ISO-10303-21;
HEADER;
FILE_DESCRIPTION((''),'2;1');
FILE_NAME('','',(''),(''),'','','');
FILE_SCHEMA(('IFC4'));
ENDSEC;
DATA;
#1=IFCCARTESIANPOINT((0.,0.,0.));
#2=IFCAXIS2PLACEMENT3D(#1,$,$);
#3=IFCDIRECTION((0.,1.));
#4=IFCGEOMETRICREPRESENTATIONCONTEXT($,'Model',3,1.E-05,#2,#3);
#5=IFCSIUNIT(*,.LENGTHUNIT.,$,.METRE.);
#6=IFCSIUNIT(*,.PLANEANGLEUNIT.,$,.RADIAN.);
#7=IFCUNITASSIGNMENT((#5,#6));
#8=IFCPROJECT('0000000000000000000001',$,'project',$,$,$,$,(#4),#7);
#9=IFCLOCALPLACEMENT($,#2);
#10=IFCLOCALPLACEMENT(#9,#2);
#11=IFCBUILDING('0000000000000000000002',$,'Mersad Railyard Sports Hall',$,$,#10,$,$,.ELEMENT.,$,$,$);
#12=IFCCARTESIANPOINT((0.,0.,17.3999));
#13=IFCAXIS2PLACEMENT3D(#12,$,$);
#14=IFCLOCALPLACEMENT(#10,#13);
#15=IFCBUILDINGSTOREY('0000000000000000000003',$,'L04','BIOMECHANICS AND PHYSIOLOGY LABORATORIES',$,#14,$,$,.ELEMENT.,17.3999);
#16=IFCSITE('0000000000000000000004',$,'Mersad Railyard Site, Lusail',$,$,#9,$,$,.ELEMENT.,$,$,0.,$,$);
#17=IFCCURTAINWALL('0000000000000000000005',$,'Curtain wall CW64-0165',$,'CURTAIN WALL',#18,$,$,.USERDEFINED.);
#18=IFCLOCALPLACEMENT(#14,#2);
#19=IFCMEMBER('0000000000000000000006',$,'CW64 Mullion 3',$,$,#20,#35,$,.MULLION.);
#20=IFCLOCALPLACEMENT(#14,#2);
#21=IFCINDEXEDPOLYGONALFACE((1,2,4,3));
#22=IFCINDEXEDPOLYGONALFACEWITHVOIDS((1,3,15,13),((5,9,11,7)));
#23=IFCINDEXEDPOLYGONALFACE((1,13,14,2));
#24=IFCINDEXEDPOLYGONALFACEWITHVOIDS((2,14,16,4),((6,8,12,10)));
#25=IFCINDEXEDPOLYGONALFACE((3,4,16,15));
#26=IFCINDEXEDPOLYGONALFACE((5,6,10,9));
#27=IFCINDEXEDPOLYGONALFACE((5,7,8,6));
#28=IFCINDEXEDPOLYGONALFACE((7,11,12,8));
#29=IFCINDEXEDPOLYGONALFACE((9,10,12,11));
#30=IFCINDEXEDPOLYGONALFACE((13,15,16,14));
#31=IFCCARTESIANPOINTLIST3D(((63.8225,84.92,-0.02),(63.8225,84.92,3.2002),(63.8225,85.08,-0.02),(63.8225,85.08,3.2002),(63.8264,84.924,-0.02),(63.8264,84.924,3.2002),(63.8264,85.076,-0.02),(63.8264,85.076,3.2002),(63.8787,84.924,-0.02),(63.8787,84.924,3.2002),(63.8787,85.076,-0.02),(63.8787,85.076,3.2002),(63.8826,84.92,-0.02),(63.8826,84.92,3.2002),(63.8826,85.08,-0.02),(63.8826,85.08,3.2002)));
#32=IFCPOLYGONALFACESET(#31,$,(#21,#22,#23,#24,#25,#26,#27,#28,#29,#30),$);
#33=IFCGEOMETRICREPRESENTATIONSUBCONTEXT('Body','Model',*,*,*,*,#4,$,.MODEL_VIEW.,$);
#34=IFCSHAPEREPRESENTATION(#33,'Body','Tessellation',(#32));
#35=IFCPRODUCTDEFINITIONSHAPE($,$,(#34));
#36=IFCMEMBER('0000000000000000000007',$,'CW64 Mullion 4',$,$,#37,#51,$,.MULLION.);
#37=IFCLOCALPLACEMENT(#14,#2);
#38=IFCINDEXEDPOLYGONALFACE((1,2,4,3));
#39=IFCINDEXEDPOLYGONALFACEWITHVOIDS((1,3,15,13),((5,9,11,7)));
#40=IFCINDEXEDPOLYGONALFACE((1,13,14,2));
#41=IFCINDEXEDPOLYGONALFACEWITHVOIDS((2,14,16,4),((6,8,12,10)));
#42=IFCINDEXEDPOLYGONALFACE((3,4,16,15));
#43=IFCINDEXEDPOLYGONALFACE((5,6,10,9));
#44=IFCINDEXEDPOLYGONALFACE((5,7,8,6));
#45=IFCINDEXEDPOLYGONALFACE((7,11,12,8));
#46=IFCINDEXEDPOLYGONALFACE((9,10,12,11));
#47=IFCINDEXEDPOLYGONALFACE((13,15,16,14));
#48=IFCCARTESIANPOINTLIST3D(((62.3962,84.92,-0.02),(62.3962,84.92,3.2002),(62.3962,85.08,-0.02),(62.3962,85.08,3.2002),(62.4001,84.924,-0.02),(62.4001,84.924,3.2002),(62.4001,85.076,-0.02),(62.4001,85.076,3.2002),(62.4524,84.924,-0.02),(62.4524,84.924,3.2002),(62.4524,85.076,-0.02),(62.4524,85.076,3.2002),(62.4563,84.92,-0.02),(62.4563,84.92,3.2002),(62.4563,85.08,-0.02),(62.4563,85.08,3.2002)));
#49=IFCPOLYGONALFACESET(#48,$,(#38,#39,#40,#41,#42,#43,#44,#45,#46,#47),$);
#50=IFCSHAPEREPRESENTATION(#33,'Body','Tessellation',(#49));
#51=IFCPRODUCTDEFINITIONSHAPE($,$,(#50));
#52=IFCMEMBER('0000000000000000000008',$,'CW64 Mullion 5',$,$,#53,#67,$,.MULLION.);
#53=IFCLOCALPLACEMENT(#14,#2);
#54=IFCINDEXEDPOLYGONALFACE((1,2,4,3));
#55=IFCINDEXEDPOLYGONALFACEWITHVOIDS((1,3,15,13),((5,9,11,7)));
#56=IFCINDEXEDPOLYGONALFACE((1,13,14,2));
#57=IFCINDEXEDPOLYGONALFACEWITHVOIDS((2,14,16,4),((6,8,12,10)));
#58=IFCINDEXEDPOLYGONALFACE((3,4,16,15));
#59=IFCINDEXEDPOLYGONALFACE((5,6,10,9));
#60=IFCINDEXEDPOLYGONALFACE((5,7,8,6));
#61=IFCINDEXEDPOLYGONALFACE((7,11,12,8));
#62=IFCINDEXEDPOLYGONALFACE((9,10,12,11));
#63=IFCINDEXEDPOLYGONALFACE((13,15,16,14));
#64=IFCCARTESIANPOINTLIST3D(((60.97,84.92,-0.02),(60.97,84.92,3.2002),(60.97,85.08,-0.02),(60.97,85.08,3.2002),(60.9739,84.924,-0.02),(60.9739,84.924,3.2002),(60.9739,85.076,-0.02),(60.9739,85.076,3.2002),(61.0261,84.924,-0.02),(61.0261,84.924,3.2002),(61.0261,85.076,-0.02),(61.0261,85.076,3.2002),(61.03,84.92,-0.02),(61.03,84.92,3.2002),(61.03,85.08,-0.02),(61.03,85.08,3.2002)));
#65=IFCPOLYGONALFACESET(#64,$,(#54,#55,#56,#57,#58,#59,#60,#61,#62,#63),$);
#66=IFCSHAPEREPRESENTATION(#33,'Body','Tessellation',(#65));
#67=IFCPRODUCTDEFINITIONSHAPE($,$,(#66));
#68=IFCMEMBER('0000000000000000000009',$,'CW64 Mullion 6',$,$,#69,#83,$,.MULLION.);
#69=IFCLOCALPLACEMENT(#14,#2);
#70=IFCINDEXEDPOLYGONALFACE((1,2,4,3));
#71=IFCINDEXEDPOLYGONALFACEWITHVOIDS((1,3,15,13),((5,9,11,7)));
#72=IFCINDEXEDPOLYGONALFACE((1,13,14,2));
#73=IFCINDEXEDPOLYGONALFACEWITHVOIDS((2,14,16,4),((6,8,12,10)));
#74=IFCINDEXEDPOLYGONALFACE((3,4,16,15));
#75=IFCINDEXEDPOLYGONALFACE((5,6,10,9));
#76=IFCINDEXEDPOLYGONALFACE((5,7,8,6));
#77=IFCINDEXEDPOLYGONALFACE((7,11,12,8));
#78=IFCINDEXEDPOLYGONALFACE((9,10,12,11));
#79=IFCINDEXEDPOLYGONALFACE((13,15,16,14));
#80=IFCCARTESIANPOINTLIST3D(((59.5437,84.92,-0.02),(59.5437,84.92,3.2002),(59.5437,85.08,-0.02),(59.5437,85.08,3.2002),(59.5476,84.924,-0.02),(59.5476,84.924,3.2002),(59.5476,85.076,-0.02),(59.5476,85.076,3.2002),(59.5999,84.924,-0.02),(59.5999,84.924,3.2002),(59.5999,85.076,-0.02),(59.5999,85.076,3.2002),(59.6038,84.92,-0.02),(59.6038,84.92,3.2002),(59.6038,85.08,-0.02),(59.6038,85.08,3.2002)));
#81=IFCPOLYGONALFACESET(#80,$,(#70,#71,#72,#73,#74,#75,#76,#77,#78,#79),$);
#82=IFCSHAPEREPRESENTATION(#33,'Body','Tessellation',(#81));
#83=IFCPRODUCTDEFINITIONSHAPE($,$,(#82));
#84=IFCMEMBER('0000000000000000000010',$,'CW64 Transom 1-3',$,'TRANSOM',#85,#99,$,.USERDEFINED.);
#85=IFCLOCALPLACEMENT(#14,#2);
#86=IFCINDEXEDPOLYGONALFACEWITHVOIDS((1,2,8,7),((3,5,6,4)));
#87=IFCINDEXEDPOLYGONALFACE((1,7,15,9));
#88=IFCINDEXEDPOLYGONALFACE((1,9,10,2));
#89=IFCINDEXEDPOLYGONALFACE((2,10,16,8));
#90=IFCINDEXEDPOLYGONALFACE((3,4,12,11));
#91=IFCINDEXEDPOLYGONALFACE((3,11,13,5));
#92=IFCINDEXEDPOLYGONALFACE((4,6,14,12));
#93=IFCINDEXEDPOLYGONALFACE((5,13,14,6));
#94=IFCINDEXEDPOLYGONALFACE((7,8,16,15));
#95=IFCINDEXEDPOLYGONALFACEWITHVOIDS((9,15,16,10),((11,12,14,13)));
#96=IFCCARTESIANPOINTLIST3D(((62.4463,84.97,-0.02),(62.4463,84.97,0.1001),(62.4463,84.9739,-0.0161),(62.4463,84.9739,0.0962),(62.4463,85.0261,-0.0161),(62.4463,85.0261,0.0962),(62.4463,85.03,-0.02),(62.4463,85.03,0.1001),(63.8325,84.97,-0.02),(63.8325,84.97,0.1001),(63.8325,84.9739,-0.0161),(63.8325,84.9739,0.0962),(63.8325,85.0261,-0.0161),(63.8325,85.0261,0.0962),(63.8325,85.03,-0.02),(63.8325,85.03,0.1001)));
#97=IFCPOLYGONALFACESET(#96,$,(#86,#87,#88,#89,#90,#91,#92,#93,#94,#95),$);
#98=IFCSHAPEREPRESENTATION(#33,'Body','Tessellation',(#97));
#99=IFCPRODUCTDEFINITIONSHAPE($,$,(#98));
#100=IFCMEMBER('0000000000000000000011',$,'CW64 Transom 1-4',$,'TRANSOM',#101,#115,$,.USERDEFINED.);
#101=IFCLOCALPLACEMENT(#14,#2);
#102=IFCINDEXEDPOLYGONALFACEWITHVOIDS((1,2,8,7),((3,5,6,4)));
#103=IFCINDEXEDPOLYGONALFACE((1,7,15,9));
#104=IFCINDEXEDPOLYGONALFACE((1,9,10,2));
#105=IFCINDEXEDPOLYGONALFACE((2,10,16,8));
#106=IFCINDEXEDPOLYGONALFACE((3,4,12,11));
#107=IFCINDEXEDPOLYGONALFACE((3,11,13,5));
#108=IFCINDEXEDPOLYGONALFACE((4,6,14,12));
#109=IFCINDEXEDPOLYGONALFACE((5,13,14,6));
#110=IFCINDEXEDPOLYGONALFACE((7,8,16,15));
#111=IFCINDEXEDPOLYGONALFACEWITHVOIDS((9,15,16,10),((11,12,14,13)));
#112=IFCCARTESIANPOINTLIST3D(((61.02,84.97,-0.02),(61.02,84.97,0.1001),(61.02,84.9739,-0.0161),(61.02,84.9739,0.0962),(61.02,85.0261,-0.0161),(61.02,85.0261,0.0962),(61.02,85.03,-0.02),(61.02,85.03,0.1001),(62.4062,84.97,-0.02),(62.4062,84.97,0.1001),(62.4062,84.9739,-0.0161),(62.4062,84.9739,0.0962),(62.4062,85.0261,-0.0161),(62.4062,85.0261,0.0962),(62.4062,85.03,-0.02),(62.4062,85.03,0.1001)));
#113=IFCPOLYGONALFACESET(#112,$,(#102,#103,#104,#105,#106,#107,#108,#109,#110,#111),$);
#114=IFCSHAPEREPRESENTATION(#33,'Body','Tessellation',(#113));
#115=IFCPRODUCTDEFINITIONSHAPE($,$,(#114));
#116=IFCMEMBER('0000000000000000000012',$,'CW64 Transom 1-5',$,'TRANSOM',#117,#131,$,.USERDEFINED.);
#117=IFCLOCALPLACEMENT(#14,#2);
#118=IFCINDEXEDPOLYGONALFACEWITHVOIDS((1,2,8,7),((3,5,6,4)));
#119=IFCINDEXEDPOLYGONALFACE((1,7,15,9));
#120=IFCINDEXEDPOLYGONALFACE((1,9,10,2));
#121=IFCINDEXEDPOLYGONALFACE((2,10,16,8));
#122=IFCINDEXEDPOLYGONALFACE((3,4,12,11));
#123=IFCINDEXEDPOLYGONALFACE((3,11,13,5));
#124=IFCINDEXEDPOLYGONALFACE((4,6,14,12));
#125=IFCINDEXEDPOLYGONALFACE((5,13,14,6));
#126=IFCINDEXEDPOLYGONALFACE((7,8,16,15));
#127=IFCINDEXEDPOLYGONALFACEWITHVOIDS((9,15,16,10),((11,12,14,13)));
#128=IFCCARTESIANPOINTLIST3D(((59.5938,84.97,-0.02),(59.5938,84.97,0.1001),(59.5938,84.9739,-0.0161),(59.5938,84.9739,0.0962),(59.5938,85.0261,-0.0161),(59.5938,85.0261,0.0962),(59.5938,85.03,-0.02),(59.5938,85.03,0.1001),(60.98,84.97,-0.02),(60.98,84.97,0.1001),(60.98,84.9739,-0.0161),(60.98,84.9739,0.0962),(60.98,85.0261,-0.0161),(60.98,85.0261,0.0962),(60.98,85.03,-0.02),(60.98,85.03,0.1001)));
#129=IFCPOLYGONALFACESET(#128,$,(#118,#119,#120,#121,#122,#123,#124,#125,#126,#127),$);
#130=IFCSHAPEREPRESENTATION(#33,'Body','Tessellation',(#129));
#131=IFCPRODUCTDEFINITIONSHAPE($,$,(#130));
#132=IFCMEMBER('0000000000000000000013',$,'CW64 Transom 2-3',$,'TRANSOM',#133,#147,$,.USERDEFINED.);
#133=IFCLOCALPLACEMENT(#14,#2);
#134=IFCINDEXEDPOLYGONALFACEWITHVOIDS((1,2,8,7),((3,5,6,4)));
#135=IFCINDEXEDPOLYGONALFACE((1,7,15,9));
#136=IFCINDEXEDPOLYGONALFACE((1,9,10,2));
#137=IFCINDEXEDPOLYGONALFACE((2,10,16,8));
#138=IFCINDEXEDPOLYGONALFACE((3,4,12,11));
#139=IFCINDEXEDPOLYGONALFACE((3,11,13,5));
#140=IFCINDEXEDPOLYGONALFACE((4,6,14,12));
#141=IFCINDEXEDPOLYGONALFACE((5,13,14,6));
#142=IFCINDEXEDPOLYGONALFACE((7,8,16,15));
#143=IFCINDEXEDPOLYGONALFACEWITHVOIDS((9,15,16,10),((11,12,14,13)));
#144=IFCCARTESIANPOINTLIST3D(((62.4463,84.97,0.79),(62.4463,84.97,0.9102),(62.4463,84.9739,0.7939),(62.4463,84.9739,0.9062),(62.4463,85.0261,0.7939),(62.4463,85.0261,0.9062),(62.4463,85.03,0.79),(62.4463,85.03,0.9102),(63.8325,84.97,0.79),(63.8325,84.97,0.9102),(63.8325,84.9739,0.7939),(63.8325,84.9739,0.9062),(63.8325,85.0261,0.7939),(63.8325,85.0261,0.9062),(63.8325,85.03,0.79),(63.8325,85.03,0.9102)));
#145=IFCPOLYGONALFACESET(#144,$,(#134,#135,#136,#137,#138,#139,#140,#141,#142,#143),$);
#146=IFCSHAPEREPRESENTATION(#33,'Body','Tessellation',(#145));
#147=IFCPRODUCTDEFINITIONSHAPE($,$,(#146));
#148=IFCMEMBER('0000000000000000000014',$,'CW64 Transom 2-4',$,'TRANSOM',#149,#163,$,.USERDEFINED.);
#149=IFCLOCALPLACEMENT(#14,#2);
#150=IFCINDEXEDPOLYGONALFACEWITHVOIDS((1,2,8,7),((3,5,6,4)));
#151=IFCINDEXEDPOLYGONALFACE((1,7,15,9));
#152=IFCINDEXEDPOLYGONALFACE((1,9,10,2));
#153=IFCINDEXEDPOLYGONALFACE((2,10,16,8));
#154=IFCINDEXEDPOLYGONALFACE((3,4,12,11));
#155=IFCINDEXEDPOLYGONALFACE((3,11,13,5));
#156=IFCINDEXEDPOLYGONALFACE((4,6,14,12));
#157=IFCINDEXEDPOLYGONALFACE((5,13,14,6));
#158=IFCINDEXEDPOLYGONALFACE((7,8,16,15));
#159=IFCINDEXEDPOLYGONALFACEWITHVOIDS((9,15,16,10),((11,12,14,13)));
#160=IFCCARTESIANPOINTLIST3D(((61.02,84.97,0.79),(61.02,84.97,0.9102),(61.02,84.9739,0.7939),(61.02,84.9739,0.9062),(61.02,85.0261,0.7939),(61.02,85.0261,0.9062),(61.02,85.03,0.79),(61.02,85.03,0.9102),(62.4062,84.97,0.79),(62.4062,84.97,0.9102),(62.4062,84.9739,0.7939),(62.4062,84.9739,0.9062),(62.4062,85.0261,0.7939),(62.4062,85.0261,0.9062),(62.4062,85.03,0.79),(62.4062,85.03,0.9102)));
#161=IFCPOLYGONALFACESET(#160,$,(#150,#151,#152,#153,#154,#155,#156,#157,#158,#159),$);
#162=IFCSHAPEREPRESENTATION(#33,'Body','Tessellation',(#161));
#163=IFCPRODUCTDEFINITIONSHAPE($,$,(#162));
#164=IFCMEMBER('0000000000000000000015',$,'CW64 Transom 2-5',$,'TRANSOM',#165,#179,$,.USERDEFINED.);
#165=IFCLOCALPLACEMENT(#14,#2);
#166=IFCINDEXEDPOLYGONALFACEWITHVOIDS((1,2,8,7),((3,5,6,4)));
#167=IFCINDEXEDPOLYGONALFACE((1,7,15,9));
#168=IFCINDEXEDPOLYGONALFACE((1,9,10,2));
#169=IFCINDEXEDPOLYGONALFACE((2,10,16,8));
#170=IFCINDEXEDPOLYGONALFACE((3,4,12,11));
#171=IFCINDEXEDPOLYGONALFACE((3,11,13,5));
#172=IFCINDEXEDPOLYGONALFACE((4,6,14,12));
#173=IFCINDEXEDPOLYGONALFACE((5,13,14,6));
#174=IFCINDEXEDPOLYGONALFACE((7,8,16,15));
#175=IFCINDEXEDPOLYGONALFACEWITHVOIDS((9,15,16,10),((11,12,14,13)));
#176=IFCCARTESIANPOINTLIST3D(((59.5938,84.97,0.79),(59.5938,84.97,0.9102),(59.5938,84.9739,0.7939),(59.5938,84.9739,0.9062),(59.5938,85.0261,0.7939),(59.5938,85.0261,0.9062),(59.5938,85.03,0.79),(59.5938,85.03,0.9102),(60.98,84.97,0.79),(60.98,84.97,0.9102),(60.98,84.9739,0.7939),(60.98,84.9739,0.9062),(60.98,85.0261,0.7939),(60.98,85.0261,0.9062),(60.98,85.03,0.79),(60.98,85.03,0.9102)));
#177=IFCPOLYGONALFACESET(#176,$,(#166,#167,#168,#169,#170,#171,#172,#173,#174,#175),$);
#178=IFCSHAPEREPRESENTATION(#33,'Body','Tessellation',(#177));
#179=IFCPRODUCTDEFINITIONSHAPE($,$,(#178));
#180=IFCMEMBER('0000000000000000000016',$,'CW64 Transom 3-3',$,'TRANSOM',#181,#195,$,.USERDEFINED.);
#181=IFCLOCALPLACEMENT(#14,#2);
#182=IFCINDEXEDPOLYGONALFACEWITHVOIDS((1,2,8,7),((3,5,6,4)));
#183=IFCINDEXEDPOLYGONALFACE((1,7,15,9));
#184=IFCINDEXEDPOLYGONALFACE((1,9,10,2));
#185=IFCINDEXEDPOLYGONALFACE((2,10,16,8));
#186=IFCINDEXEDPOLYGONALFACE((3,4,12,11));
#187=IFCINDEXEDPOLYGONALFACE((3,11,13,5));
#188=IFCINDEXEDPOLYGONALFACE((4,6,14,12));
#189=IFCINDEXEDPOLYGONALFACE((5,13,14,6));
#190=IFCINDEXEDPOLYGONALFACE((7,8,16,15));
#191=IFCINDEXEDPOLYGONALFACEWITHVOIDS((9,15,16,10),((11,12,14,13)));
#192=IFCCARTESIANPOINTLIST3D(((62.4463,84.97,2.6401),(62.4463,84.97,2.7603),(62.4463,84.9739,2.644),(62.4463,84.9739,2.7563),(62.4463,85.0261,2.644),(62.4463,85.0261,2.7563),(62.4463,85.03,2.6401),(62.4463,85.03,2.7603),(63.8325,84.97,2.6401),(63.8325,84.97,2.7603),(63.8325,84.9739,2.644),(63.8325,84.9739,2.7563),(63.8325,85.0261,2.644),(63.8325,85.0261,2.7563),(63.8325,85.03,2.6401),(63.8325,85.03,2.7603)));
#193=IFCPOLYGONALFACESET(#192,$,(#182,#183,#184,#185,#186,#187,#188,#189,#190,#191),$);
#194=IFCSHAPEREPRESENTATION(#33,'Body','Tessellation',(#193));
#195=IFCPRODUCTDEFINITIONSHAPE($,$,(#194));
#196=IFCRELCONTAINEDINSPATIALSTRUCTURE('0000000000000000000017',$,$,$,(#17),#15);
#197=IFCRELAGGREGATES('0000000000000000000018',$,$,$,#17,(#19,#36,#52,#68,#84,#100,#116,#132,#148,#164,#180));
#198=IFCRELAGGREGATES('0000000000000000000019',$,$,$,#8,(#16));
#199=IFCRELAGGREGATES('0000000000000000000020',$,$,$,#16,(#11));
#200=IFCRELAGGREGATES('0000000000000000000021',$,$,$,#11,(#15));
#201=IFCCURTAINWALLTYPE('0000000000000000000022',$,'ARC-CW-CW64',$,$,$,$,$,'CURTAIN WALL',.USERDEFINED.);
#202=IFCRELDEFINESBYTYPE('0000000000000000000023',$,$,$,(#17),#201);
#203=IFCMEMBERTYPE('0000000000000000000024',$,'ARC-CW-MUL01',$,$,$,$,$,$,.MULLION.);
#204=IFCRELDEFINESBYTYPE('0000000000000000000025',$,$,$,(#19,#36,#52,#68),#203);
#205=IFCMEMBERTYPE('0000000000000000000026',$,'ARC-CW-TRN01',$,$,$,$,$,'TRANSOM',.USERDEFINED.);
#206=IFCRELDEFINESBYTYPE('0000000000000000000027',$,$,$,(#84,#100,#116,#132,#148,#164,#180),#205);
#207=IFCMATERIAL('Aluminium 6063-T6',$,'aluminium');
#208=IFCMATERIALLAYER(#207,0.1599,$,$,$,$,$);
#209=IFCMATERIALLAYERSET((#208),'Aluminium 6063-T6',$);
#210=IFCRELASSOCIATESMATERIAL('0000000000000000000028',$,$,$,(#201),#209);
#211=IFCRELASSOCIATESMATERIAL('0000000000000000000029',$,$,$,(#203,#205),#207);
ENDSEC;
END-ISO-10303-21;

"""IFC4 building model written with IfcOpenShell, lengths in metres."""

from ifc_helpers import new_model, si_unit, direction, frame, origin, origin_2d, place, context, subcontext, project, spatial, hollow_rectangle, extrude, material, layer, layer_set, material_profile, profile_set, type_object, element, aggregate, save


model = new_model("IFC4")

# Units and contexts
model_context = context("Model", 3, precision=1e-05, world=origin(), true_north=direction((0.0, 1.0)))
body_context = subcontext(model_context, "Body", "Model", "MODEL_VIEW")
ifc_project = project(units=[si_unit("LENGTHUNIT", "METRE"), si_unit("PLANEANGLEUNIT", "RADIAN")], contexts=[model_context])

# Site, building, storey
site_placement = place(None, origin())
site = spatial("IfcSite", under=ifc_project, at=site_placement, Name="Mersad Railyard Site, Lusail", CompositionType="ELEMENT", RefElevation=0.0)
building_placement = place(site_placement, origin())
building = spatial("IfcBuilding", under=site, at=building_placement, Name="Mersad Railyard Sports Hall", CompositionType="ELEMENT")
storey_placement = place(building_placement, frame((0.0, 0.0, 17.3999)))
storey = spatial("IfcBuildingStorey", under=building, at=storey_placement, Name="L04", Description="BIOMECHANICS AND PHYSIOLOGY LABORATORIES", CompositionType="ELEMENT", Elevation=17.3999)

# Curtain wall, members
ifc_material_1 = material(Name="Aluminium 6063-T6", Category="aluminium")
ifc_layer_1 = layer(ifc_material_1, 0.1599)
ifc_layer_set_1 = layer_set([ifc_layer_1], Name="Aluminium 6063-T6")
curtain_wall_type = type_object("IfcCurtainWallType", Name="ARC-CW-CW64", ElementType="CURTAIN WALL", PredefinedType="USERDEFINED", material=ifc_layer_set_1)
curtain_wall_placement = place(storey_placement, origin())
curtain_wall = element("IfcCurtainWall", 1, at=curtain_wall_placement, inside=storey, type_object=curtain_wall_type, Name="Curtain wall CW64-0165", ObjectType="CURTAIN WALL", PredefinedType="USERDEFINED")
ifc_material_profile_1 = material_profile(ifc_material_1, hollow_rectangle(XDim=0.0601, YDim=0.1599, WallThickness=0.0039, at=origin_2d()), Name="AL MULLION 60x160x4")
ifc_profile_set_1 = profile_set([ifc_material_profile_1], Name="Aluminium 6063-T6")
member_type_1 = type_object("IfcMemberType", Name="ARC-CW-MUL01", PredefinedType="MULLION", material=ifc_profile_set_1)
member_1_placement = place(storey_placement, frame((63.8525, 85.0, -0.02), z_axis=(0.0, 0.0, 1.0), x_axis=(1.0, 0.0, 0.0)))
member_1 = element("IfcMember", 2, at=member_1_placement, type_object=member_type_1, Name="CW64 Mullion 3", PredefinedType="MULLION", context=body_context, shape_type="SweptSolid", body=[
    extrude(hollow_rectangle(XDim=0.0601, YDim=0.1599, WallThickness=0.0039, at=origin_2d()), origin(), (0.0, 0.0, 1.0), 3.2202),
])
member_2_placement = place(storey_placement, frame((62.4263, 85.0, -0.02), z_axis=(0.0, 0.0, 1.0), x_axis=(1.0, 0.0, 0.0)))
member_2 = element("IfcMember", 3, at=member_2_placement, type_object=member_type_1, Name="CW64 Mullion 4", PredefinedType="MULLION", context=body_context, shape_type="SweptSolid", body=[
    extrude(hollow_rectangle(XDim=0.0601, YDim=0.1599, WallThickness=0.0039, at=origin_2d()), origin(), (0.0, 0.0, 1.0), 3.2202),
])
member_3_placement = place(storey_placement, frame((61.0, 85.0, -0.02), z_axis=(0.0, 0.0, 1.0), x_axis=(1.0, 0.0, 0.0)))
member_3 = element("IfcMember", 4, at=member_3_placement, type_object=member_type_1, Name="CW64 Mullion 5", PredefinedType="MULLION", context=body_context, shape_type="SweptSolid", body=[
    extrude(hollow_rectangle(XDim=0.0601, YDim=0.1599, WallThickness=0.0039, at=origin_2d()), origin(), (0.0, 0.0, 1.0), 3.2202),
])
member_4_placement = place(storey_placement, frame((59.5737, 85.0, -0.02), z_axis=(0.0, 0.0, 1.0), x_axis=(1.0, 0.0, 0.0)))
member_4 = element("IfcMember", 5, at=member_4_placement, type_object=member_type_1, Name="CW64 Mullion 6", PredefinedType="MULLION", context=body_context, shape_type="SweptSolid", body=[
    extrude(hollow_rectangle(XDim=0.0601, YDim=0.1599, WallThickness=0.0039, at=origin_2d()), origin(), (0.0, 0.0, 1.0), 3.2202),
])
ifc_material_profile_2 = material_profile(ifc_material_1, hollow_rectangle(XDim=0.0601, YDim=0.1201, WallThickness=0.0039, at=origin_2d()), Name="AL TRANSOM 60x120x4")
ifc_profile_set_2 = profile_set([ifc_material_profile_2], Name="Aluminium 6063-T6")
member_type_2 = type_object("IfcMemberType", Name="ARC-CW-TRN01", ElementType="TRANSOM", PredefinedType="USERDEFINED", material=ifc_profile_set_2)
member_5_placement = place(storey_placement, frame((63.8325, 85.0, 0.04), z_axis=(-1.0, 0.0, 0.0), x_axis=(0.0, -1.0, 0.0)))
member_5 = element("IfcMember", 6, at=member_5_placement, type_object=member_type_2, Name="CW64 Transom 1-3", ObjectType="TRANSOM", PredefinedType="USERDEFINED", context=body_context, shape_type="SweptSolid", body=[
    extrude(hollow_rectangle(XDim=0.0601, YDim=0.1201, WallThickness=0.0039, at=origin_2d()), origin(), (0.0, 0.0, 1.0), 1.3862),
])
member_6_placement = place(storey_placement, frame((62.4062, 85.0, 0.04), z_axis=(-1.0, 0.0, 0.0), x_axis=(0.0, -1.0, 0.0)))
member_6 = element("IfcMember", 7, at=member_6_placement, type_object=member_type_2, Name="CW64 Transom 1-4", ObjectType="TRANSOM", PredefinedType="USERDEFINED", context=body_context, shape_type="SweptSolid", body=[
    extrude(hollow_rectangle(XDim=0.0601, YDim=0.1201, WallThickness=0.0039, at=origin_2d()), origin(), (0.0, 0.0, 1.0), 1.3862),
])
member_7_placement = place(storey_placement, frame((60.98, 85.0, 0.04), z_axis=(-1.0, 0.0, 0.0), x_axis=(0.0, -1.0, 0.0)))
member_7 = element("IfcMember", 8, at=member_7_placement, type_object=member_type_2, Name="CW64 Transom 1-5", ObjectType="TRANSOM", PredefinedType="USERDEFINED", context=body_context, shape_type="SweptSolid", body=[
    extrude(hollow_rectangle(XDim=0.0601, YDim=0.1201, WallThickness=0.0039, at=origin_2d()), origin(), (0.0, 0.0, 1.0), 1.3862),
])
member_8_placement = place(storey_placement, frame((63.8325, 85.0, 0.8501), z_axis=(-1.0, 0.0, 0.0), x_axis=(0.0, -1.0, 0.0)))
member_8 = element("IfcMember", 9, at=member_8_placement, type_object=member_type_2, Name="CW64 Transom 2-3", ObjectType="TRANSOM", PredefinedType="USERDEFINED", context=body_context, shape_type="SweptSolid", body=[
    extrude(hollow_rectangle(XDim=0.0601, YDim=0.1201, WallThickness=0.0039, at=origin_2d()), origin(), (0.0, 0.0, 1.0), 1.3862),
])
member_9_placement = place(storey_placement, frame((62.4062, 85.0, 0.8501), z_axis=(-1.0, 0.0, 0.0), x_axis=(0.0, -1.0, 0.0)))
member_9 = element("IfcMember", 10, at=member_9_placement, type_object=member_type_2, Name="CW64 Transom 2-4", ObjectType="TRANSOM", PredefinedType="USERDEFINED", context=body_context, shape_type="SweptSolid", body=[
    extrude(hollow_rectangle(XDim=0.0601, YDim=0.1201, WallThickness=0.0039, at=origin_2d()), origin(), (0.0, 0.0, 1.0), 1.3862),
])
member_10_placement = place(storey_placement, frame((60.98, 85.0, 0.8501), z_axis=(-1.0, 0.0, 0.0), x_axis=(0.0, -1.0, 0.0)))
member_10 = element("IfcMember", 11, at=member_10_placement, type_object=member_type_2, Name="CW64 Transom 2-5", ObjectType="TRANSOM", PredefinedType="USERDEFINED", context=body_context, shape_type="SweptSolid", body=[
    extrude(hollow_rectangle(XDim=0.0601, YDim=0.1201, WallThickness=0.0039, at=origin_2d()), origin(), (0.0, 0.0, 1.0), 1.3862),
])
member_11_placement = place(storey_placement, frame((63.8325, 85.0, 2.7002), z_axis=(-1.0, 0.0, 0.0), x_axis=(0.0, -1.0, 0.0)))
member_11 = element("IfcMember", 12, at=member_11_placement, type_object=member_type_2, Name="CW64 Transom 3-3", ObjectType="TRANSOM", PredefinedType="USERDEFINED", context=body_context, shape_type="SweptSolid", body=[
    extrude(hollow_rectangle(XDim=0.0601, YDim=0.1201, WallThickness=0.0039, at=origin_2d()), origin(), (0.0, 0.0, 1.0), 1.3862),
])
aggregate(curtain_wall, [member_1, member_2, member_3, member_4, member_5, member_6, member_7, member_8, member_9, member_10, member_11])

save(model, "model.ifc")
